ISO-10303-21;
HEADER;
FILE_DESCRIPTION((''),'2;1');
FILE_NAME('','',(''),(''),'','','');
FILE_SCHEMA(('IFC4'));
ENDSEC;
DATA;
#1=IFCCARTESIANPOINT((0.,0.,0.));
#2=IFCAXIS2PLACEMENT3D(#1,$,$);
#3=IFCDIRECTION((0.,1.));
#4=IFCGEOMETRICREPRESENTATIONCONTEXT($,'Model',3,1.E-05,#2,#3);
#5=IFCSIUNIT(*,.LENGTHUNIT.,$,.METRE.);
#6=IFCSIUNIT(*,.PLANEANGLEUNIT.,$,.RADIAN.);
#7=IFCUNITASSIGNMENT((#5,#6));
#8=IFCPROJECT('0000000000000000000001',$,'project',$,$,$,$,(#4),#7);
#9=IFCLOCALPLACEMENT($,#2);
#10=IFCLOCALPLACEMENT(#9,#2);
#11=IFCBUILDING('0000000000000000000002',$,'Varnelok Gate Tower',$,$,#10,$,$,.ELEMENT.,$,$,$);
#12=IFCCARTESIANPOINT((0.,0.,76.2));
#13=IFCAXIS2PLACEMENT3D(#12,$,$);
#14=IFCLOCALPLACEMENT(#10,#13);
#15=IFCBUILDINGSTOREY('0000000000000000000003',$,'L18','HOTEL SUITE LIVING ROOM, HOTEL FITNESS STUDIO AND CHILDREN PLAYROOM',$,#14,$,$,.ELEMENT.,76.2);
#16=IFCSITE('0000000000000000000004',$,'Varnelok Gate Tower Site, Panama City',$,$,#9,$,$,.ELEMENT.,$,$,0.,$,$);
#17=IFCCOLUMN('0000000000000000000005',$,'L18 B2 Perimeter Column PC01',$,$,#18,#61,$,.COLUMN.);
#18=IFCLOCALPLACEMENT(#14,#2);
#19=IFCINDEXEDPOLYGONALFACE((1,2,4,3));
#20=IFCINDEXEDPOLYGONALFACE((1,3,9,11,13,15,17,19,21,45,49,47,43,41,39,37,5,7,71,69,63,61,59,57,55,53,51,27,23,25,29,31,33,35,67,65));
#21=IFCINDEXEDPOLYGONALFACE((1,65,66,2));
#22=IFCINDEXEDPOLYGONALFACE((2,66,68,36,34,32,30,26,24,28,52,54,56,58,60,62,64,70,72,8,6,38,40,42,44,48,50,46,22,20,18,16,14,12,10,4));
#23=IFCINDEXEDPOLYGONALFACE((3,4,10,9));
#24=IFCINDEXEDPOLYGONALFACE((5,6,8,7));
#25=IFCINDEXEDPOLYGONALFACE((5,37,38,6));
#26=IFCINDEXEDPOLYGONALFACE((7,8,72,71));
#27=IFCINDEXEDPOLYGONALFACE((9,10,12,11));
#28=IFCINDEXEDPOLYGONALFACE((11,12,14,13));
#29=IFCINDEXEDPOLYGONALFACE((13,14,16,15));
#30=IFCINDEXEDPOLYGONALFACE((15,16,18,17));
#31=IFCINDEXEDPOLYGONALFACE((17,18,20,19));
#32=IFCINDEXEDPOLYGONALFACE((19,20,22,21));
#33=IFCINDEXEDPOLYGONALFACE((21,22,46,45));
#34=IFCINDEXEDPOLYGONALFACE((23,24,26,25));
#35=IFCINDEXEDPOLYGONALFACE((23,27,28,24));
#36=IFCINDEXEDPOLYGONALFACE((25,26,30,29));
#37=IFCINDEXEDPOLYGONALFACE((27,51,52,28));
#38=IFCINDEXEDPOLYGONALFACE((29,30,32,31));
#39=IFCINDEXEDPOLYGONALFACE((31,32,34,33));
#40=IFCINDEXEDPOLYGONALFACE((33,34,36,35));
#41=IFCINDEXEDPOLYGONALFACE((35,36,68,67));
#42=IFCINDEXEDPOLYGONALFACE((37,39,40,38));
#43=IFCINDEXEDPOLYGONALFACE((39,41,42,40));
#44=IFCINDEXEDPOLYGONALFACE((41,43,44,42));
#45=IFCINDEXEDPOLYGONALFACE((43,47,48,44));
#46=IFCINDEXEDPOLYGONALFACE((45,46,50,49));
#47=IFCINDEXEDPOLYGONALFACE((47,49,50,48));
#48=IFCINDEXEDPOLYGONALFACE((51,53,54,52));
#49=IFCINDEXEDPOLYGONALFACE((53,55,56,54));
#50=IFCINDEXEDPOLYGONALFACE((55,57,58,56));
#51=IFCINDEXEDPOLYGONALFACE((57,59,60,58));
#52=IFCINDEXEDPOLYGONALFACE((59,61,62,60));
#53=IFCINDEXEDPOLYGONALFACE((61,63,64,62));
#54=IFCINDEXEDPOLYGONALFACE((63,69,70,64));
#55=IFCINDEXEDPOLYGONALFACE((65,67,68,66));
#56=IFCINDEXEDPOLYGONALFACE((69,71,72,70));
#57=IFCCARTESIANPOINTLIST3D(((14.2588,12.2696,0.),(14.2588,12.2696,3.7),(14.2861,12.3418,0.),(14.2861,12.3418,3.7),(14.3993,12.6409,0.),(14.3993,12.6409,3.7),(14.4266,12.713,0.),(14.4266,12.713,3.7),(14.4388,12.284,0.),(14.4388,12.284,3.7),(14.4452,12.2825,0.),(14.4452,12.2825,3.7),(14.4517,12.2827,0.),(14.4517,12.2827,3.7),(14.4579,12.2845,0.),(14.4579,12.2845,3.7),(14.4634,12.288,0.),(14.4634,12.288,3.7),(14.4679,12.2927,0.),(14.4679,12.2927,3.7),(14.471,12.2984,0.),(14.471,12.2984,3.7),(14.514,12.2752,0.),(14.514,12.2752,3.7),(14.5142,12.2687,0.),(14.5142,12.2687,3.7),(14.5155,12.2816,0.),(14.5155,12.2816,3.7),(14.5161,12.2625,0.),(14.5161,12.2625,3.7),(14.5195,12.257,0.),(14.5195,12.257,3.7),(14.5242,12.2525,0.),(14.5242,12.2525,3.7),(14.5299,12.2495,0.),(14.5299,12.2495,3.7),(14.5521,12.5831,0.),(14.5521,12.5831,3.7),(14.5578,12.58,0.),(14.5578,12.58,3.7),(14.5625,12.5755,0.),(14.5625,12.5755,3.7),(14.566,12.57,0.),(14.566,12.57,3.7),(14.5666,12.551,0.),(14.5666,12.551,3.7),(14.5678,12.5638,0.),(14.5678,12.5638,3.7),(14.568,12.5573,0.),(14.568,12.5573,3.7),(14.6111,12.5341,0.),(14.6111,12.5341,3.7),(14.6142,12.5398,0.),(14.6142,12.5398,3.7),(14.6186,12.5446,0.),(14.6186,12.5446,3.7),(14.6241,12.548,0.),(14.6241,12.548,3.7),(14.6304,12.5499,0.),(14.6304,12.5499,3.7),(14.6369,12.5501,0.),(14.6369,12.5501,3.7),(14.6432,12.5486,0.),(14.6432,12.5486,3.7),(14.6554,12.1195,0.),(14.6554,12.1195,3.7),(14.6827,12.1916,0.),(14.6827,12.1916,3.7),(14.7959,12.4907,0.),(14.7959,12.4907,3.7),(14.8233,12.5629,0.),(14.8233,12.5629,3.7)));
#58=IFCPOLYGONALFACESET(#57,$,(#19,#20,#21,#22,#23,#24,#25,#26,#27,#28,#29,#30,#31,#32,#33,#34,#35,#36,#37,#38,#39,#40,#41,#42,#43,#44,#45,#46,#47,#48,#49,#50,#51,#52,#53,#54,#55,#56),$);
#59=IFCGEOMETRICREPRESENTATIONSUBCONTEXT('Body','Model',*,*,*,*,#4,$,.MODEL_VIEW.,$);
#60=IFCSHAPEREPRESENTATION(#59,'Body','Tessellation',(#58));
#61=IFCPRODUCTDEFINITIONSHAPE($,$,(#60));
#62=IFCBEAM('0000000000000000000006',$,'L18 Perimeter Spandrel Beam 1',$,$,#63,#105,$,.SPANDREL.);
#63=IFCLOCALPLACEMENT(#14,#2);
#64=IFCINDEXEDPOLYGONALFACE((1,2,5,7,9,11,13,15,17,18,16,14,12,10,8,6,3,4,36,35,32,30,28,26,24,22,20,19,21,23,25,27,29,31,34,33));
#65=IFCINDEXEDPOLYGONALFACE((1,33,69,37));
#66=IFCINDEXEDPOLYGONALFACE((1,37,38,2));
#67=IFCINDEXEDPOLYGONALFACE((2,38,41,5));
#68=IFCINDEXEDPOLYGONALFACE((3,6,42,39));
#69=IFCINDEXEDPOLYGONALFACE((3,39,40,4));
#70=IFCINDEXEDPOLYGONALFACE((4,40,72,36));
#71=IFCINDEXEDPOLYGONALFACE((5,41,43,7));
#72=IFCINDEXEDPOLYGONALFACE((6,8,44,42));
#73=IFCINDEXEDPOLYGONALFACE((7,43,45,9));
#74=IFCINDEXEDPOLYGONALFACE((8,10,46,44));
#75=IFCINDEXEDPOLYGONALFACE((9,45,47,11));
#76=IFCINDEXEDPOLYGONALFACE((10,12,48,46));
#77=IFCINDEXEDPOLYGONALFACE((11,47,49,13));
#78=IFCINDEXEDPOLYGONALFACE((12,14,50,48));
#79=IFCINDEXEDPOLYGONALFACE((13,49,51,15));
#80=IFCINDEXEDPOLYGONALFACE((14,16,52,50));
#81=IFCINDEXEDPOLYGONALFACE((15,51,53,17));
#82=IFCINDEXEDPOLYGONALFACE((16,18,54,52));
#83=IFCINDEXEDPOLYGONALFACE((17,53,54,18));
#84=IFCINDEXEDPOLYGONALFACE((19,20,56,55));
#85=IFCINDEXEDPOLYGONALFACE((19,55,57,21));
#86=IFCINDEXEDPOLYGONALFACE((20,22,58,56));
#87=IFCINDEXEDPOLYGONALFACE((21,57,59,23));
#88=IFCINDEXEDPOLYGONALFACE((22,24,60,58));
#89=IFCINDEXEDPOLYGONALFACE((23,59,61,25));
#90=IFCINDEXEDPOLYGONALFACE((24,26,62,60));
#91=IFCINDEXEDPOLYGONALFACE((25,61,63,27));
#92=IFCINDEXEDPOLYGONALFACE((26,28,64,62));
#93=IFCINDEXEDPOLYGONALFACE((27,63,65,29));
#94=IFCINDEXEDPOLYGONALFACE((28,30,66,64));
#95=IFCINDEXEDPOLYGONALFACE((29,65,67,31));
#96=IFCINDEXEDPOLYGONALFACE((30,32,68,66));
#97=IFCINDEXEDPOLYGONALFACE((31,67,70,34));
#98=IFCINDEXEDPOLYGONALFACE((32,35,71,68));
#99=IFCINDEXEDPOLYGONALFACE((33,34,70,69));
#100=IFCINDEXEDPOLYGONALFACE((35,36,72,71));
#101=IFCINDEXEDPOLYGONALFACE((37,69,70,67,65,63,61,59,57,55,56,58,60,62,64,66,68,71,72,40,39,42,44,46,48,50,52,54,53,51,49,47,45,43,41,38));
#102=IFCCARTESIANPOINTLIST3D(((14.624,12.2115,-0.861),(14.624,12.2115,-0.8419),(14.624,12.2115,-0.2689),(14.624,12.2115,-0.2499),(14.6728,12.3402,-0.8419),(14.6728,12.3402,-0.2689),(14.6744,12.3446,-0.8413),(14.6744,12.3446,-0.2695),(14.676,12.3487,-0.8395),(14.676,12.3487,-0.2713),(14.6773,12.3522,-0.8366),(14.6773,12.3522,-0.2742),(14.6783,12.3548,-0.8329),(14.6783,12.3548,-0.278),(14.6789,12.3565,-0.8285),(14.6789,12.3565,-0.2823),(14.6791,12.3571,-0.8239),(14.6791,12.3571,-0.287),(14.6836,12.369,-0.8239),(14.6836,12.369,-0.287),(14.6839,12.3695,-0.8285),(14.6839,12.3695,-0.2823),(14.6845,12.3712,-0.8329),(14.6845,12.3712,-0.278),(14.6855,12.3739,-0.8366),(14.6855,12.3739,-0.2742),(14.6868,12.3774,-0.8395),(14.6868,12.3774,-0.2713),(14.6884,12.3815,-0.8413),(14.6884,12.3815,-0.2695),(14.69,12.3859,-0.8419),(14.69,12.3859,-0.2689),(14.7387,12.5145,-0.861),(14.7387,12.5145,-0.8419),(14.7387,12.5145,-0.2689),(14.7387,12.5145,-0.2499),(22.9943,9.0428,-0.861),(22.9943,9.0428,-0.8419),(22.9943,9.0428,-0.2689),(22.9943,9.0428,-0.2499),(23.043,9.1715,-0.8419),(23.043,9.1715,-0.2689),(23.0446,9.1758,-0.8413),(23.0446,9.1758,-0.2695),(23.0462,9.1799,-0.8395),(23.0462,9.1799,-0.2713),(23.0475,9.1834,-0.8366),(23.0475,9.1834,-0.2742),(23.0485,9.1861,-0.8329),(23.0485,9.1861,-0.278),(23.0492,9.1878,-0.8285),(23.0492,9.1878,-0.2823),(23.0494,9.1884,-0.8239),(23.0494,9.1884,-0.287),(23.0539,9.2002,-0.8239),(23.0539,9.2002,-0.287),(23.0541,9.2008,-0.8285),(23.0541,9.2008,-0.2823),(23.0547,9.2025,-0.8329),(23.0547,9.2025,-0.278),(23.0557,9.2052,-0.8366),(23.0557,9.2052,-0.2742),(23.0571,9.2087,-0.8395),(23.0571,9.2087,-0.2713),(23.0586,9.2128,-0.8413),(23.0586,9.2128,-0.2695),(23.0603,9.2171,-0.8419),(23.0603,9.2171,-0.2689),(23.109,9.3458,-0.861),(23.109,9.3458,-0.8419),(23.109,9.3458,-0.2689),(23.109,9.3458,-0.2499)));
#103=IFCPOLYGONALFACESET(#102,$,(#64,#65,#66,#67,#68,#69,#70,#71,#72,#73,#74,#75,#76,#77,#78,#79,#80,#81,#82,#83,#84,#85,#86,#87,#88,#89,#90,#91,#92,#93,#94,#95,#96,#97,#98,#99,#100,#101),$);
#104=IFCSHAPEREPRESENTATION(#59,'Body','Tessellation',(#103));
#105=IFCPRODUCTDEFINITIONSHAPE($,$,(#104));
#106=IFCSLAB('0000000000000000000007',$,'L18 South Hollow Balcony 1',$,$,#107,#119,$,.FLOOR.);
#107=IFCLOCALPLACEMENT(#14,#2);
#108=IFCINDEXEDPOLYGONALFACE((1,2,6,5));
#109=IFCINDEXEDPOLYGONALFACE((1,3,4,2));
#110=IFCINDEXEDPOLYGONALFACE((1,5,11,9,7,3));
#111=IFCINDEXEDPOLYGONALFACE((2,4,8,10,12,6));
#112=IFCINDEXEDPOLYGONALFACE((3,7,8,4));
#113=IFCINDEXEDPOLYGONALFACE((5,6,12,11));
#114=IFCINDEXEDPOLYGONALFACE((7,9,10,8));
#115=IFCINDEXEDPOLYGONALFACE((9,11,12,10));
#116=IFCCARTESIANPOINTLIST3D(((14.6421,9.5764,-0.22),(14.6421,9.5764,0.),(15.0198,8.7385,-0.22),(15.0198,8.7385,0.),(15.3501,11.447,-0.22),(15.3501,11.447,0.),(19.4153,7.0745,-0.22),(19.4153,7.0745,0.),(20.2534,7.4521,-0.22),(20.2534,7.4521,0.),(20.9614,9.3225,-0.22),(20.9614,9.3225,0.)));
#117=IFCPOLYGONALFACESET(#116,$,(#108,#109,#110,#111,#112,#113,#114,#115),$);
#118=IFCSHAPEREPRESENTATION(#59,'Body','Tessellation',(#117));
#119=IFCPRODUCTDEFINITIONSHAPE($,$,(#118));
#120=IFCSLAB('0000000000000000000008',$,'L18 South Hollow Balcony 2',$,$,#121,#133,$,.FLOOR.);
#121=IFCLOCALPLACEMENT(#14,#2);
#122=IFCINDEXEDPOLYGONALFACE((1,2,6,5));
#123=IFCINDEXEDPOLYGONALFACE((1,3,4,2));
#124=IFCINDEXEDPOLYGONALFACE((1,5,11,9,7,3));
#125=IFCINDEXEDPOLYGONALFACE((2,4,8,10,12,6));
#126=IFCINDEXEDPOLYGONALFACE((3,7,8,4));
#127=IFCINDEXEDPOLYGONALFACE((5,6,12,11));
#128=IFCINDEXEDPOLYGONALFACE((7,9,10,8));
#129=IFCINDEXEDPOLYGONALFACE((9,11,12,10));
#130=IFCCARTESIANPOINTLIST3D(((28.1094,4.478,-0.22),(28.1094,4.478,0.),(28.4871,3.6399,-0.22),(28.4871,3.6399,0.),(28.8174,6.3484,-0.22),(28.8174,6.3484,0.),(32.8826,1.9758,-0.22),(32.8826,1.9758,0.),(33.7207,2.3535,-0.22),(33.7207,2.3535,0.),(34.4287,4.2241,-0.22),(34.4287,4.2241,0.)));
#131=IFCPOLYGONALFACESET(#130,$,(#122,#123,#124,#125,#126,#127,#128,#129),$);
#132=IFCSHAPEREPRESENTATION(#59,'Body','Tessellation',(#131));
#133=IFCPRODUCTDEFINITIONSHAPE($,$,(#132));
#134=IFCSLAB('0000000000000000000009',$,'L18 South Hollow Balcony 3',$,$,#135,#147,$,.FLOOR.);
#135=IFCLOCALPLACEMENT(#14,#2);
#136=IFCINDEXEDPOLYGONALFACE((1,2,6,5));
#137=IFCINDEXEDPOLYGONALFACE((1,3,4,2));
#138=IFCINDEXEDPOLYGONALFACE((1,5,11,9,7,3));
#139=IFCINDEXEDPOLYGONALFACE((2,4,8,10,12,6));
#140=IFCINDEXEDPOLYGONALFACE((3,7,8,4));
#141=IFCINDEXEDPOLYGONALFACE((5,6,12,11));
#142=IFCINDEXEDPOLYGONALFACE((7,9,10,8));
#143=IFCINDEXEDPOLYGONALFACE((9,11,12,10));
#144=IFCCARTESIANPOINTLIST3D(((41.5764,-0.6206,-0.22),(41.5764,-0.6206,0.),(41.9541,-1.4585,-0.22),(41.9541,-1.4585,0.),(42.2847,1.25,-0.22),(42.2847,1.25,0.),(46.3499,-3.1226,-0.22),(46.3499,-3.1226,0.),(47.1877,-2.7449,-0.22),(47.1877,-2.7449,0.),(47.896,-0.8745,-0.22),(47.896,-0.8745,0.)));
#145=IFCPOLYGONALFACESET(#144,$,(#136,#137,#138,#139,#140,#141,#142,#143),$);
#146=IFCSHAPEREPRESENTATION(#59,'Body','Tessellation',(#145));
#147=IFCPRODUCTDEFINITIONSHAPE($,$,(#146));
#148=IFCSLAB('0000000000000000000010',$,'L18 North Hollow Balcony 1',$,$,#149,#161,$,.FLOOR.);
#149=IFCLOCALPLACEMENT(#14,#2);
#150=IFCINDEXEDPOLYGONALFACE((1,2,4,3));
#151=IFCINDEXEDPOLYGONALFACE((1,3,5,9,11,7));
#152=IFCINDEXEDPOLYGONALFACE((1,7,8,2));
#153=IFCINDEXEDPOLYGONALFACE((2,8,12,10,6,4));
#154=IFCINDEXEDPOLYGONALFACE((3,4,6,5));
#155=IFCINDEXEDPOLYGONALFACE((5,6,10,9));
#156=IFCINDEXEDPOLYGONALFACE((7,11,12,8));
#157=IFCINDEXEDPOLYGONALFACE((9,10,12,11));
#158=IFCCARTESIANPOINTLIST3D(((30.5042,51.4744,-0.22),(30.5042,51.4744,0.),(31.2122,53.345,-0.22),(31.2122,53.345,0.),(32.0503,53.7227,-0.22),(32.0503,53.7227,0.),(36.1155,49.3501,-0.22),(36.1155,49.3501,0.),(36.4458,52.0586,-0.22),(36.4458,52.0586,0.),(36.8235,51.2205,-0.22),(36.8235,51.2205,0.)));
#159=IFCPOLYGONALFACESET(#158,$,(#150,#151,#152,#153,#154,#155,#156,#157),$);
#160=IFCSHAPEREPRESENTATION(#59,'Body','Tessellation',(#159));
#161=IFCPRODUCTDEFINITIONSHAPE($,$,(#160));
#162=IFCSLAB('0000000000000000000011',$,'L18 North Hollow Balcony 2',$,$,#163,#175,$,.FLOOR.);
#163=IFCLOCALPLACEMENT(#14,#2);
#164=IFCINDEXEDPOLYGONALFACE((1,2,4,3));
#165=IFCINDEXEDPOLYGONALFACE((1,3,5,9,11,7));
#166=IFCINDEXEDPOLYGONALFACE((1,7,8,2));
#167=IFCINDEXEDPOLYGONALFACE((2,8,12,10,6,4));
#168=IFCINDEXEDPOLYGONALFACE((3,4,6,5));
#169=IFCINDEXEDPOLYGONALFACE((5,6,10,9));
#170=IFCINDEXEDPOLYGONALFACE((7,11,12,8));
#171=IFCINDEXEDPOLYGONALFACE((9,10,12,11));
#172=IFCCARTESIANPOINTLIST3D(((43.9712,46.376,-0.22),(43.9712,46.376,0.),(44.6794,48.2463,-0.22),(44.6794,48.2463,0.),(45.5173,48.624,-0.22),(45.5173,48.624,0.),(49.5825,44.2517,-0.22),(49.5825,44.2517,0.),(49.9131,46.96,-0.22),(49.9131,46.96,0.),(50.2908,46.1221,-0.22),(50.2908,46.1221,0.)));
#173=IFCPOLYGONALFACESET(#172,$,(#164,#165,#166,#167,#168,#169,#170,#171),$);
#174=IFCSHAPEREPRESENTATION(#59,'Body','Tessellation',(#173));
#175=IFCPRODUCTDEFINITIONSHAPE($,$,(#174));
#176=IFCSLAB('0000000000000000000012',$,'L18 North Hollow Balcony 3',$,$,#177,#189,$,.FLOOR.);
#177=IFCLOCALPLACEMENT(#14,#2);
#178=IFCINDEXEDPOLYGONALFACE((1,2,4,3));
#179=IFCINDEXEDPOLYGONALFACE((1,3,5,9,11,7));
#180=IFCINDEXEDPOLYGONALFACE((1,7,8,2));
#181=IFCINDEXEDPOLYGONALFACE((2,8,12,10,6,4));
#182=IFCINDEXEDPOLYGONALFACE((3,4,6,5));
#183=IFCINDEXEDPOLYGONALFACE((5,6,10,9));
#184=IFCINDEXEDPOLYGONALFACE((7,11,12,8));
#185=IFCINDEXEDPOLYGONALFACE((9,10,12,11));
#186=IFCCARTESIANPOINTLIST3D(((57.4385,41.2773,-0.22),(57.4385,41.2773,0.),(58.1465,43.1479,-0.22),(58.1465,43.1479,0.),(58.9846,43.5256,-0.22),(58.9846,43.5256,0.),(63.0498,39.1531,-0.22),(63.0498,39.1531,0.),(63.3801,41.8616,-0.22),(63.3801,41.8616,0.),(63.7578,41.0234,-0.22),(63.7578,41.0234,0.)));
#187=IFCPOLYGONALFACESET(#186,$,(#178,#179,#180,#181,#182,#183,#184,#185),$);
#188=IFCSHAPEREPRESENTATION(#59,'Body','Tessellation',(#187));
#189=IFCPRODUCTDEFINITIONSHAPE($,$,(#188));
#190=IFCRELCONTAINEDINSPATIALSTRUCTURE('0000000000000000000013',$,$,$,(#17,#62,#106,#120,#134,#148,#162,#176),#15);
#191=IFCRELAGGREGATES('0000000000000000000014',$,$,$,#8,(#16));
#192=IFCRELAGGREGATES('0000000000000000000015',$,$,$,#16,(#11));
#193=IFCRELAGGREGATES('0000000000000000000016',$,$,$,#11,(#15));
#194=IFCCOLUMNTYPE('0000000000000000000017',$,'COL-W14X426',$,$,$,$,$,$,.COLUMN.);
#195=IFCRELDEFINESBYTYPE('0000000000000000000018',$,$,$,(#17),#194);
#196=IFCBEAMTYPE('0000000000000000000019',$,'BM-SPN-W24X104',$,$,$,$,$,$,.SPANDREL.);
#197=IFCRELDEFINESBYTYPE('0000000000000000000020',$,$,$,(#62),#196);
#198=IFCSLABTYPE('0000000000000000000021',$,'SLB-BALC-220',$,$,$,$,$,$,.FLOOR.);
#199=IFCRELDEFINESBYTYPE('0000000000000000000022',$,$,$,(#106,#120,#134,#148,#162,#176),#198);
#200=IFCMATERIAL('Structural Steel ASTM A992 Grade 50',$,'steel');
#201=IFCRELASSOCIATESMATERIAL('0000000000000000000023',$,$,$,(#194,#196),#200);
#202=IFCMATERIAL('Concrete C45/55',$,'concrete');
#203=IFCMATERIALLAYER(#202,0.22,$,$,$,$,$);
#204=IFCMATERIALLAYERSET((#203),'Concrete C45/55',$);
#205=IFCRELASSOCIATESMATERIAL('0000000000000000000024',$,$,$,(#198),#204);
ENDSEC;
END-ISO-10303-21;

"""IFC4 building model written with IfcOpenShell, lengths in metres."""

from ifc_helpers import new_model, si_unit, direction, frame, origin, origin_2d, place, context, subcontext, project, spatial, polyline, i_section, outline, extrude, material, layer, layer_set, material_profile, profile_set, type_object, element, save


model = new_model("IFC4")

# Units and contexts
model_context = context("Model", 3, precision=1e-05, world=origin(), true_north=direction((0.0, 1.0)))
body_context = subcontext(model_context, "Body", "Model", "MODEL_VIEW")
ifc_project = project(units=[si_unit("LENGTHUNIT", "METRE"), si_unit("PLANEANGLEUNIT", "RADIAN")], contexts=[model_context])

# Site, building, storey
site_placement = place(None, origin())
site = spatial("IfcSite", under=ifc_project, at=site_placement, Name="Varnelok Gate Tower Site, Panama City", CompositionType="ELEMENT", RefElevation=0.0)
building_placement = place(site_placement, origin())
building = spatial("IfcBuilding", under=site, at=building_placement, Name="Varnelok Gate Tower", CompositionType="ELEMENT")
storey_placement = place(building_placement, frame((0.0, 0.0, 76.2)))
storey = spatial("IfcBuildingStorey", under=building, at=storey_placement, Name="L18", Description="HOTEL SUITE LIVING ROOM, HOTEL FITNESS STUDIO AND CHILDREN PLAYROOM", CompositionType="ELEMENT", Elevation=76.2)

# Column
ifc_material_1 = material(Name="Structural Steel ASTM A992 Grade 50", Category="steel")
ifc_material_profile_1 = material_profile(ifc_material_1, i_section(OverallWidth=0.4241, OverallDepth=0.4741, WebThickness=0.0476, FlangeThickness=0.0771, FilletRadius=0.0249, at=origin_2d()), Name="W14X426")
ifc_profile_set_1 = profile_set([ifc_material_profile_1], Name="Structural Steel ASTM A992 Grade 50")
column_type = type_object("IfcColumnType", Name="COL-W14X426", PredefinedType="COLUMN", material=ifc_profile_set_1)
column_placement = place(storey_placement, frame((14.541, 12.4163, 0.0), z_axis=(0.0, 0.0, 1.0), x_axis=(0.935222, -0.354063, 0.0)))
element("IfcColumn", 1, at=column_placement, inside=storey, type_object=column_type, Name="L18 B2 Perimeter Column PC01", PredefinedType="COLUMN", context=body_context, shape_type="SweptSolid", body=[
    extrude(i_section(OverallWidth=0.4241, OverallDepth=0.4741, WebThickness=0.0476, FlangeThickness=0.0771, FilletRadius=0.0249, at=origin_2d()), origin(), (0.0, 0.0, 1.0), 3.7),
])

# Beam
ifc_material_profile_2 = material_profile(ifc_material_1, i_section(OverallWidth=0.324, OverallDepth=0.6111, WebThickness=0.0127, FlangeThickness=0.019, FilletRadius=0.0181, at=origin_2d()), Name="W24X104")
ifc_profile_set_2 = profile_set([ifc_material_profile_2], Name="Structural Steel ASTM A992 Grade 50")
beam_type = type_object("IfcBeamType", Name="BM-SPN-W24X104", PredefinedType="SPANDREL", material=ifc_profile_set_2)
beam_placement = place(storey_placement, frame((14.6814, 12.363, -0.5554), z_axis=(0.935226, -0.354051, 0.0), x_axis=(0.354051, 0.935226, 0.0)))
element("IfcBeam", 2, at=beam_placement, inside=storey, type_object=beam_type, Name="L18 Perimeter Spandrel Beam 1", PredefinedType="SPANDREL", context=body_context, shape_type="SweptSolid", body=[
    extrude(i_section(OverallWidth=0.324, OverallDepth=0.6111, WebThickness=0.0127, FlangeThickness=0.019, FilletRadius=0.0181, at=origin_2d()), origin(), (0.0, 0.0, 1.0), 8.95),
])

# Slabs
ifc_material_2 = material(Name="Concrete C45/55", Category="concrete")
ifc_layer_1 = layer(ifc_material_2, 0.22)
ifc_layer_set_1 = layer_set([ifc_layer_1], Name="Concrete C45/55")
slab_type_1 = type_object("IfcSlabType", Name="SLB-BALC-220", PredefinedType="FLOOR", material=ifc_layer_set_1)
slab_1_placement = place(storey_placement, frame((0.0, 0.0, -0.22)))
element("IfcSlab", 3, at=slab_1_placement, inside=storey, type_object=slab_type_1, Name="L18 South Hollow Balcony 1", PredefinedType="FLOOR", context=body_context, shape_type="SweptSolid", body=[
    extrude(outline(polyline([(14.6421, 9.5764), (15.0198, 8.7385), (19.4153, 7.0745), (20.2534, 7.4521), (20.9614, 9.3225), (15.3501, 11.447), (14.6421, 9.5764)])), origin(), (0.0, 0.0, 1.0), 0.22),
])
slab_2_placement = place(storey_placement, frame((0.0, 0.0, -0.22)))
element("IfcSlab", 4, at=slab_2_placement, inside=storey, type_object=slab_type_1, Name="L18 South Hollow Balcony 2", PredefinedType="FLOOR", context=body_context, shape_type="SweptSolid", body=[
    extrude(outline(polyline([(28.1094, 4.478), (28.4871, 3.6399), (32.8826, 1.9758), (33.7207, 2.3535), (34.4287, 4.2241), (28.8174, 6.3484), (28.1094, 4.478)])), origin(), (0.0, 0.0, 1.0), 0.22),
])
slab_3_placement = place(storey_placement, frame((0.0, 0.0, -0.22)))
element("IfcSlab", 5, at=slab_3_placement, inside=storey, type_object=slab_type_1, Name="L18 South Hollow Balcony 3", PredefinedType="FLOOR", context=body_context, shape_type="SweptSolid", body=[
    extrude(outline(polyline([(41.5764, -0.6206), (41.9541, -1.4585), (46.3499, -3.1226), (47.1877, -2.7449), (47.896, -0.8745), (42.2847, 1.25), (41.5764, -0.6206)])), origin(), (0.0, 0.0, 1.0), 0.22),
])
slab_4_placement = place(storey_placement, frame((0.0, 0.0, -0.22)))
element("IfcSlab", 6, at=slab_4_placement, inside=storey, type_object=slab_type_1, Name="L18 North Hollow Balcony 1", PredefinedType="FLOOR", context=body_context, shape_type="SweptSolid", body=[
    extrude(outline(polyline([(30.5042, 51.4744), (36.1155, 49.3501), (36.8235, 51.2205), (36.4458, 52.0586), (32.0503, 53.7227), (31.2122, 53.345), (30.5042, 51.4744)])), origin(), (0.0, 0.0, 1.0), 0.22),
])
slab_5_placement = place(storey_placement, frame((0.0, 0.0, -0.22)))
element("IfcSlab", 7, at=slab_5_placement, inside=storey, type_object=slab_type_1, Name="L18 North Hollow Balcony 2", PredefinedType="FLOOR", context=body_context, shape_type="SweptSolid", body=[
    extrude(outline(polyline([(43.9712, 46.376), (49.5825, 44.2517), (50.2908, 46.1221), (49.9131, 46.96), (45.5173, 48.624), (44.6794, 48.2463), (43.9712, 46.376)])), origin(), (0.0, 0.0, 1.0), 0.22),
])
slab_6_placement = place(storey_placement, frame((0.0, 0.0, -0.22)))
element("IfcSlab", 8, at=slab_6_placement, inside=storey, type_object=slab_type_1, Name="L18 North Hollow Balcony 3", PredefinedType="FLOOR", context=body_context, shape_type="SweptSolid", body=[
    extrude(outline(polyline([(57.4385, 41.2773), (63.0498, 39.1531), (63.7578, 41.0234), (63.3801, 41.8616), (58.9846, 43.5256), (58.1465, 43.1479), (57.4385, 41.2773)])), origin(), (0.0, 0.0, 1.0), 0.22),
])

save(model, "model.ifc")
